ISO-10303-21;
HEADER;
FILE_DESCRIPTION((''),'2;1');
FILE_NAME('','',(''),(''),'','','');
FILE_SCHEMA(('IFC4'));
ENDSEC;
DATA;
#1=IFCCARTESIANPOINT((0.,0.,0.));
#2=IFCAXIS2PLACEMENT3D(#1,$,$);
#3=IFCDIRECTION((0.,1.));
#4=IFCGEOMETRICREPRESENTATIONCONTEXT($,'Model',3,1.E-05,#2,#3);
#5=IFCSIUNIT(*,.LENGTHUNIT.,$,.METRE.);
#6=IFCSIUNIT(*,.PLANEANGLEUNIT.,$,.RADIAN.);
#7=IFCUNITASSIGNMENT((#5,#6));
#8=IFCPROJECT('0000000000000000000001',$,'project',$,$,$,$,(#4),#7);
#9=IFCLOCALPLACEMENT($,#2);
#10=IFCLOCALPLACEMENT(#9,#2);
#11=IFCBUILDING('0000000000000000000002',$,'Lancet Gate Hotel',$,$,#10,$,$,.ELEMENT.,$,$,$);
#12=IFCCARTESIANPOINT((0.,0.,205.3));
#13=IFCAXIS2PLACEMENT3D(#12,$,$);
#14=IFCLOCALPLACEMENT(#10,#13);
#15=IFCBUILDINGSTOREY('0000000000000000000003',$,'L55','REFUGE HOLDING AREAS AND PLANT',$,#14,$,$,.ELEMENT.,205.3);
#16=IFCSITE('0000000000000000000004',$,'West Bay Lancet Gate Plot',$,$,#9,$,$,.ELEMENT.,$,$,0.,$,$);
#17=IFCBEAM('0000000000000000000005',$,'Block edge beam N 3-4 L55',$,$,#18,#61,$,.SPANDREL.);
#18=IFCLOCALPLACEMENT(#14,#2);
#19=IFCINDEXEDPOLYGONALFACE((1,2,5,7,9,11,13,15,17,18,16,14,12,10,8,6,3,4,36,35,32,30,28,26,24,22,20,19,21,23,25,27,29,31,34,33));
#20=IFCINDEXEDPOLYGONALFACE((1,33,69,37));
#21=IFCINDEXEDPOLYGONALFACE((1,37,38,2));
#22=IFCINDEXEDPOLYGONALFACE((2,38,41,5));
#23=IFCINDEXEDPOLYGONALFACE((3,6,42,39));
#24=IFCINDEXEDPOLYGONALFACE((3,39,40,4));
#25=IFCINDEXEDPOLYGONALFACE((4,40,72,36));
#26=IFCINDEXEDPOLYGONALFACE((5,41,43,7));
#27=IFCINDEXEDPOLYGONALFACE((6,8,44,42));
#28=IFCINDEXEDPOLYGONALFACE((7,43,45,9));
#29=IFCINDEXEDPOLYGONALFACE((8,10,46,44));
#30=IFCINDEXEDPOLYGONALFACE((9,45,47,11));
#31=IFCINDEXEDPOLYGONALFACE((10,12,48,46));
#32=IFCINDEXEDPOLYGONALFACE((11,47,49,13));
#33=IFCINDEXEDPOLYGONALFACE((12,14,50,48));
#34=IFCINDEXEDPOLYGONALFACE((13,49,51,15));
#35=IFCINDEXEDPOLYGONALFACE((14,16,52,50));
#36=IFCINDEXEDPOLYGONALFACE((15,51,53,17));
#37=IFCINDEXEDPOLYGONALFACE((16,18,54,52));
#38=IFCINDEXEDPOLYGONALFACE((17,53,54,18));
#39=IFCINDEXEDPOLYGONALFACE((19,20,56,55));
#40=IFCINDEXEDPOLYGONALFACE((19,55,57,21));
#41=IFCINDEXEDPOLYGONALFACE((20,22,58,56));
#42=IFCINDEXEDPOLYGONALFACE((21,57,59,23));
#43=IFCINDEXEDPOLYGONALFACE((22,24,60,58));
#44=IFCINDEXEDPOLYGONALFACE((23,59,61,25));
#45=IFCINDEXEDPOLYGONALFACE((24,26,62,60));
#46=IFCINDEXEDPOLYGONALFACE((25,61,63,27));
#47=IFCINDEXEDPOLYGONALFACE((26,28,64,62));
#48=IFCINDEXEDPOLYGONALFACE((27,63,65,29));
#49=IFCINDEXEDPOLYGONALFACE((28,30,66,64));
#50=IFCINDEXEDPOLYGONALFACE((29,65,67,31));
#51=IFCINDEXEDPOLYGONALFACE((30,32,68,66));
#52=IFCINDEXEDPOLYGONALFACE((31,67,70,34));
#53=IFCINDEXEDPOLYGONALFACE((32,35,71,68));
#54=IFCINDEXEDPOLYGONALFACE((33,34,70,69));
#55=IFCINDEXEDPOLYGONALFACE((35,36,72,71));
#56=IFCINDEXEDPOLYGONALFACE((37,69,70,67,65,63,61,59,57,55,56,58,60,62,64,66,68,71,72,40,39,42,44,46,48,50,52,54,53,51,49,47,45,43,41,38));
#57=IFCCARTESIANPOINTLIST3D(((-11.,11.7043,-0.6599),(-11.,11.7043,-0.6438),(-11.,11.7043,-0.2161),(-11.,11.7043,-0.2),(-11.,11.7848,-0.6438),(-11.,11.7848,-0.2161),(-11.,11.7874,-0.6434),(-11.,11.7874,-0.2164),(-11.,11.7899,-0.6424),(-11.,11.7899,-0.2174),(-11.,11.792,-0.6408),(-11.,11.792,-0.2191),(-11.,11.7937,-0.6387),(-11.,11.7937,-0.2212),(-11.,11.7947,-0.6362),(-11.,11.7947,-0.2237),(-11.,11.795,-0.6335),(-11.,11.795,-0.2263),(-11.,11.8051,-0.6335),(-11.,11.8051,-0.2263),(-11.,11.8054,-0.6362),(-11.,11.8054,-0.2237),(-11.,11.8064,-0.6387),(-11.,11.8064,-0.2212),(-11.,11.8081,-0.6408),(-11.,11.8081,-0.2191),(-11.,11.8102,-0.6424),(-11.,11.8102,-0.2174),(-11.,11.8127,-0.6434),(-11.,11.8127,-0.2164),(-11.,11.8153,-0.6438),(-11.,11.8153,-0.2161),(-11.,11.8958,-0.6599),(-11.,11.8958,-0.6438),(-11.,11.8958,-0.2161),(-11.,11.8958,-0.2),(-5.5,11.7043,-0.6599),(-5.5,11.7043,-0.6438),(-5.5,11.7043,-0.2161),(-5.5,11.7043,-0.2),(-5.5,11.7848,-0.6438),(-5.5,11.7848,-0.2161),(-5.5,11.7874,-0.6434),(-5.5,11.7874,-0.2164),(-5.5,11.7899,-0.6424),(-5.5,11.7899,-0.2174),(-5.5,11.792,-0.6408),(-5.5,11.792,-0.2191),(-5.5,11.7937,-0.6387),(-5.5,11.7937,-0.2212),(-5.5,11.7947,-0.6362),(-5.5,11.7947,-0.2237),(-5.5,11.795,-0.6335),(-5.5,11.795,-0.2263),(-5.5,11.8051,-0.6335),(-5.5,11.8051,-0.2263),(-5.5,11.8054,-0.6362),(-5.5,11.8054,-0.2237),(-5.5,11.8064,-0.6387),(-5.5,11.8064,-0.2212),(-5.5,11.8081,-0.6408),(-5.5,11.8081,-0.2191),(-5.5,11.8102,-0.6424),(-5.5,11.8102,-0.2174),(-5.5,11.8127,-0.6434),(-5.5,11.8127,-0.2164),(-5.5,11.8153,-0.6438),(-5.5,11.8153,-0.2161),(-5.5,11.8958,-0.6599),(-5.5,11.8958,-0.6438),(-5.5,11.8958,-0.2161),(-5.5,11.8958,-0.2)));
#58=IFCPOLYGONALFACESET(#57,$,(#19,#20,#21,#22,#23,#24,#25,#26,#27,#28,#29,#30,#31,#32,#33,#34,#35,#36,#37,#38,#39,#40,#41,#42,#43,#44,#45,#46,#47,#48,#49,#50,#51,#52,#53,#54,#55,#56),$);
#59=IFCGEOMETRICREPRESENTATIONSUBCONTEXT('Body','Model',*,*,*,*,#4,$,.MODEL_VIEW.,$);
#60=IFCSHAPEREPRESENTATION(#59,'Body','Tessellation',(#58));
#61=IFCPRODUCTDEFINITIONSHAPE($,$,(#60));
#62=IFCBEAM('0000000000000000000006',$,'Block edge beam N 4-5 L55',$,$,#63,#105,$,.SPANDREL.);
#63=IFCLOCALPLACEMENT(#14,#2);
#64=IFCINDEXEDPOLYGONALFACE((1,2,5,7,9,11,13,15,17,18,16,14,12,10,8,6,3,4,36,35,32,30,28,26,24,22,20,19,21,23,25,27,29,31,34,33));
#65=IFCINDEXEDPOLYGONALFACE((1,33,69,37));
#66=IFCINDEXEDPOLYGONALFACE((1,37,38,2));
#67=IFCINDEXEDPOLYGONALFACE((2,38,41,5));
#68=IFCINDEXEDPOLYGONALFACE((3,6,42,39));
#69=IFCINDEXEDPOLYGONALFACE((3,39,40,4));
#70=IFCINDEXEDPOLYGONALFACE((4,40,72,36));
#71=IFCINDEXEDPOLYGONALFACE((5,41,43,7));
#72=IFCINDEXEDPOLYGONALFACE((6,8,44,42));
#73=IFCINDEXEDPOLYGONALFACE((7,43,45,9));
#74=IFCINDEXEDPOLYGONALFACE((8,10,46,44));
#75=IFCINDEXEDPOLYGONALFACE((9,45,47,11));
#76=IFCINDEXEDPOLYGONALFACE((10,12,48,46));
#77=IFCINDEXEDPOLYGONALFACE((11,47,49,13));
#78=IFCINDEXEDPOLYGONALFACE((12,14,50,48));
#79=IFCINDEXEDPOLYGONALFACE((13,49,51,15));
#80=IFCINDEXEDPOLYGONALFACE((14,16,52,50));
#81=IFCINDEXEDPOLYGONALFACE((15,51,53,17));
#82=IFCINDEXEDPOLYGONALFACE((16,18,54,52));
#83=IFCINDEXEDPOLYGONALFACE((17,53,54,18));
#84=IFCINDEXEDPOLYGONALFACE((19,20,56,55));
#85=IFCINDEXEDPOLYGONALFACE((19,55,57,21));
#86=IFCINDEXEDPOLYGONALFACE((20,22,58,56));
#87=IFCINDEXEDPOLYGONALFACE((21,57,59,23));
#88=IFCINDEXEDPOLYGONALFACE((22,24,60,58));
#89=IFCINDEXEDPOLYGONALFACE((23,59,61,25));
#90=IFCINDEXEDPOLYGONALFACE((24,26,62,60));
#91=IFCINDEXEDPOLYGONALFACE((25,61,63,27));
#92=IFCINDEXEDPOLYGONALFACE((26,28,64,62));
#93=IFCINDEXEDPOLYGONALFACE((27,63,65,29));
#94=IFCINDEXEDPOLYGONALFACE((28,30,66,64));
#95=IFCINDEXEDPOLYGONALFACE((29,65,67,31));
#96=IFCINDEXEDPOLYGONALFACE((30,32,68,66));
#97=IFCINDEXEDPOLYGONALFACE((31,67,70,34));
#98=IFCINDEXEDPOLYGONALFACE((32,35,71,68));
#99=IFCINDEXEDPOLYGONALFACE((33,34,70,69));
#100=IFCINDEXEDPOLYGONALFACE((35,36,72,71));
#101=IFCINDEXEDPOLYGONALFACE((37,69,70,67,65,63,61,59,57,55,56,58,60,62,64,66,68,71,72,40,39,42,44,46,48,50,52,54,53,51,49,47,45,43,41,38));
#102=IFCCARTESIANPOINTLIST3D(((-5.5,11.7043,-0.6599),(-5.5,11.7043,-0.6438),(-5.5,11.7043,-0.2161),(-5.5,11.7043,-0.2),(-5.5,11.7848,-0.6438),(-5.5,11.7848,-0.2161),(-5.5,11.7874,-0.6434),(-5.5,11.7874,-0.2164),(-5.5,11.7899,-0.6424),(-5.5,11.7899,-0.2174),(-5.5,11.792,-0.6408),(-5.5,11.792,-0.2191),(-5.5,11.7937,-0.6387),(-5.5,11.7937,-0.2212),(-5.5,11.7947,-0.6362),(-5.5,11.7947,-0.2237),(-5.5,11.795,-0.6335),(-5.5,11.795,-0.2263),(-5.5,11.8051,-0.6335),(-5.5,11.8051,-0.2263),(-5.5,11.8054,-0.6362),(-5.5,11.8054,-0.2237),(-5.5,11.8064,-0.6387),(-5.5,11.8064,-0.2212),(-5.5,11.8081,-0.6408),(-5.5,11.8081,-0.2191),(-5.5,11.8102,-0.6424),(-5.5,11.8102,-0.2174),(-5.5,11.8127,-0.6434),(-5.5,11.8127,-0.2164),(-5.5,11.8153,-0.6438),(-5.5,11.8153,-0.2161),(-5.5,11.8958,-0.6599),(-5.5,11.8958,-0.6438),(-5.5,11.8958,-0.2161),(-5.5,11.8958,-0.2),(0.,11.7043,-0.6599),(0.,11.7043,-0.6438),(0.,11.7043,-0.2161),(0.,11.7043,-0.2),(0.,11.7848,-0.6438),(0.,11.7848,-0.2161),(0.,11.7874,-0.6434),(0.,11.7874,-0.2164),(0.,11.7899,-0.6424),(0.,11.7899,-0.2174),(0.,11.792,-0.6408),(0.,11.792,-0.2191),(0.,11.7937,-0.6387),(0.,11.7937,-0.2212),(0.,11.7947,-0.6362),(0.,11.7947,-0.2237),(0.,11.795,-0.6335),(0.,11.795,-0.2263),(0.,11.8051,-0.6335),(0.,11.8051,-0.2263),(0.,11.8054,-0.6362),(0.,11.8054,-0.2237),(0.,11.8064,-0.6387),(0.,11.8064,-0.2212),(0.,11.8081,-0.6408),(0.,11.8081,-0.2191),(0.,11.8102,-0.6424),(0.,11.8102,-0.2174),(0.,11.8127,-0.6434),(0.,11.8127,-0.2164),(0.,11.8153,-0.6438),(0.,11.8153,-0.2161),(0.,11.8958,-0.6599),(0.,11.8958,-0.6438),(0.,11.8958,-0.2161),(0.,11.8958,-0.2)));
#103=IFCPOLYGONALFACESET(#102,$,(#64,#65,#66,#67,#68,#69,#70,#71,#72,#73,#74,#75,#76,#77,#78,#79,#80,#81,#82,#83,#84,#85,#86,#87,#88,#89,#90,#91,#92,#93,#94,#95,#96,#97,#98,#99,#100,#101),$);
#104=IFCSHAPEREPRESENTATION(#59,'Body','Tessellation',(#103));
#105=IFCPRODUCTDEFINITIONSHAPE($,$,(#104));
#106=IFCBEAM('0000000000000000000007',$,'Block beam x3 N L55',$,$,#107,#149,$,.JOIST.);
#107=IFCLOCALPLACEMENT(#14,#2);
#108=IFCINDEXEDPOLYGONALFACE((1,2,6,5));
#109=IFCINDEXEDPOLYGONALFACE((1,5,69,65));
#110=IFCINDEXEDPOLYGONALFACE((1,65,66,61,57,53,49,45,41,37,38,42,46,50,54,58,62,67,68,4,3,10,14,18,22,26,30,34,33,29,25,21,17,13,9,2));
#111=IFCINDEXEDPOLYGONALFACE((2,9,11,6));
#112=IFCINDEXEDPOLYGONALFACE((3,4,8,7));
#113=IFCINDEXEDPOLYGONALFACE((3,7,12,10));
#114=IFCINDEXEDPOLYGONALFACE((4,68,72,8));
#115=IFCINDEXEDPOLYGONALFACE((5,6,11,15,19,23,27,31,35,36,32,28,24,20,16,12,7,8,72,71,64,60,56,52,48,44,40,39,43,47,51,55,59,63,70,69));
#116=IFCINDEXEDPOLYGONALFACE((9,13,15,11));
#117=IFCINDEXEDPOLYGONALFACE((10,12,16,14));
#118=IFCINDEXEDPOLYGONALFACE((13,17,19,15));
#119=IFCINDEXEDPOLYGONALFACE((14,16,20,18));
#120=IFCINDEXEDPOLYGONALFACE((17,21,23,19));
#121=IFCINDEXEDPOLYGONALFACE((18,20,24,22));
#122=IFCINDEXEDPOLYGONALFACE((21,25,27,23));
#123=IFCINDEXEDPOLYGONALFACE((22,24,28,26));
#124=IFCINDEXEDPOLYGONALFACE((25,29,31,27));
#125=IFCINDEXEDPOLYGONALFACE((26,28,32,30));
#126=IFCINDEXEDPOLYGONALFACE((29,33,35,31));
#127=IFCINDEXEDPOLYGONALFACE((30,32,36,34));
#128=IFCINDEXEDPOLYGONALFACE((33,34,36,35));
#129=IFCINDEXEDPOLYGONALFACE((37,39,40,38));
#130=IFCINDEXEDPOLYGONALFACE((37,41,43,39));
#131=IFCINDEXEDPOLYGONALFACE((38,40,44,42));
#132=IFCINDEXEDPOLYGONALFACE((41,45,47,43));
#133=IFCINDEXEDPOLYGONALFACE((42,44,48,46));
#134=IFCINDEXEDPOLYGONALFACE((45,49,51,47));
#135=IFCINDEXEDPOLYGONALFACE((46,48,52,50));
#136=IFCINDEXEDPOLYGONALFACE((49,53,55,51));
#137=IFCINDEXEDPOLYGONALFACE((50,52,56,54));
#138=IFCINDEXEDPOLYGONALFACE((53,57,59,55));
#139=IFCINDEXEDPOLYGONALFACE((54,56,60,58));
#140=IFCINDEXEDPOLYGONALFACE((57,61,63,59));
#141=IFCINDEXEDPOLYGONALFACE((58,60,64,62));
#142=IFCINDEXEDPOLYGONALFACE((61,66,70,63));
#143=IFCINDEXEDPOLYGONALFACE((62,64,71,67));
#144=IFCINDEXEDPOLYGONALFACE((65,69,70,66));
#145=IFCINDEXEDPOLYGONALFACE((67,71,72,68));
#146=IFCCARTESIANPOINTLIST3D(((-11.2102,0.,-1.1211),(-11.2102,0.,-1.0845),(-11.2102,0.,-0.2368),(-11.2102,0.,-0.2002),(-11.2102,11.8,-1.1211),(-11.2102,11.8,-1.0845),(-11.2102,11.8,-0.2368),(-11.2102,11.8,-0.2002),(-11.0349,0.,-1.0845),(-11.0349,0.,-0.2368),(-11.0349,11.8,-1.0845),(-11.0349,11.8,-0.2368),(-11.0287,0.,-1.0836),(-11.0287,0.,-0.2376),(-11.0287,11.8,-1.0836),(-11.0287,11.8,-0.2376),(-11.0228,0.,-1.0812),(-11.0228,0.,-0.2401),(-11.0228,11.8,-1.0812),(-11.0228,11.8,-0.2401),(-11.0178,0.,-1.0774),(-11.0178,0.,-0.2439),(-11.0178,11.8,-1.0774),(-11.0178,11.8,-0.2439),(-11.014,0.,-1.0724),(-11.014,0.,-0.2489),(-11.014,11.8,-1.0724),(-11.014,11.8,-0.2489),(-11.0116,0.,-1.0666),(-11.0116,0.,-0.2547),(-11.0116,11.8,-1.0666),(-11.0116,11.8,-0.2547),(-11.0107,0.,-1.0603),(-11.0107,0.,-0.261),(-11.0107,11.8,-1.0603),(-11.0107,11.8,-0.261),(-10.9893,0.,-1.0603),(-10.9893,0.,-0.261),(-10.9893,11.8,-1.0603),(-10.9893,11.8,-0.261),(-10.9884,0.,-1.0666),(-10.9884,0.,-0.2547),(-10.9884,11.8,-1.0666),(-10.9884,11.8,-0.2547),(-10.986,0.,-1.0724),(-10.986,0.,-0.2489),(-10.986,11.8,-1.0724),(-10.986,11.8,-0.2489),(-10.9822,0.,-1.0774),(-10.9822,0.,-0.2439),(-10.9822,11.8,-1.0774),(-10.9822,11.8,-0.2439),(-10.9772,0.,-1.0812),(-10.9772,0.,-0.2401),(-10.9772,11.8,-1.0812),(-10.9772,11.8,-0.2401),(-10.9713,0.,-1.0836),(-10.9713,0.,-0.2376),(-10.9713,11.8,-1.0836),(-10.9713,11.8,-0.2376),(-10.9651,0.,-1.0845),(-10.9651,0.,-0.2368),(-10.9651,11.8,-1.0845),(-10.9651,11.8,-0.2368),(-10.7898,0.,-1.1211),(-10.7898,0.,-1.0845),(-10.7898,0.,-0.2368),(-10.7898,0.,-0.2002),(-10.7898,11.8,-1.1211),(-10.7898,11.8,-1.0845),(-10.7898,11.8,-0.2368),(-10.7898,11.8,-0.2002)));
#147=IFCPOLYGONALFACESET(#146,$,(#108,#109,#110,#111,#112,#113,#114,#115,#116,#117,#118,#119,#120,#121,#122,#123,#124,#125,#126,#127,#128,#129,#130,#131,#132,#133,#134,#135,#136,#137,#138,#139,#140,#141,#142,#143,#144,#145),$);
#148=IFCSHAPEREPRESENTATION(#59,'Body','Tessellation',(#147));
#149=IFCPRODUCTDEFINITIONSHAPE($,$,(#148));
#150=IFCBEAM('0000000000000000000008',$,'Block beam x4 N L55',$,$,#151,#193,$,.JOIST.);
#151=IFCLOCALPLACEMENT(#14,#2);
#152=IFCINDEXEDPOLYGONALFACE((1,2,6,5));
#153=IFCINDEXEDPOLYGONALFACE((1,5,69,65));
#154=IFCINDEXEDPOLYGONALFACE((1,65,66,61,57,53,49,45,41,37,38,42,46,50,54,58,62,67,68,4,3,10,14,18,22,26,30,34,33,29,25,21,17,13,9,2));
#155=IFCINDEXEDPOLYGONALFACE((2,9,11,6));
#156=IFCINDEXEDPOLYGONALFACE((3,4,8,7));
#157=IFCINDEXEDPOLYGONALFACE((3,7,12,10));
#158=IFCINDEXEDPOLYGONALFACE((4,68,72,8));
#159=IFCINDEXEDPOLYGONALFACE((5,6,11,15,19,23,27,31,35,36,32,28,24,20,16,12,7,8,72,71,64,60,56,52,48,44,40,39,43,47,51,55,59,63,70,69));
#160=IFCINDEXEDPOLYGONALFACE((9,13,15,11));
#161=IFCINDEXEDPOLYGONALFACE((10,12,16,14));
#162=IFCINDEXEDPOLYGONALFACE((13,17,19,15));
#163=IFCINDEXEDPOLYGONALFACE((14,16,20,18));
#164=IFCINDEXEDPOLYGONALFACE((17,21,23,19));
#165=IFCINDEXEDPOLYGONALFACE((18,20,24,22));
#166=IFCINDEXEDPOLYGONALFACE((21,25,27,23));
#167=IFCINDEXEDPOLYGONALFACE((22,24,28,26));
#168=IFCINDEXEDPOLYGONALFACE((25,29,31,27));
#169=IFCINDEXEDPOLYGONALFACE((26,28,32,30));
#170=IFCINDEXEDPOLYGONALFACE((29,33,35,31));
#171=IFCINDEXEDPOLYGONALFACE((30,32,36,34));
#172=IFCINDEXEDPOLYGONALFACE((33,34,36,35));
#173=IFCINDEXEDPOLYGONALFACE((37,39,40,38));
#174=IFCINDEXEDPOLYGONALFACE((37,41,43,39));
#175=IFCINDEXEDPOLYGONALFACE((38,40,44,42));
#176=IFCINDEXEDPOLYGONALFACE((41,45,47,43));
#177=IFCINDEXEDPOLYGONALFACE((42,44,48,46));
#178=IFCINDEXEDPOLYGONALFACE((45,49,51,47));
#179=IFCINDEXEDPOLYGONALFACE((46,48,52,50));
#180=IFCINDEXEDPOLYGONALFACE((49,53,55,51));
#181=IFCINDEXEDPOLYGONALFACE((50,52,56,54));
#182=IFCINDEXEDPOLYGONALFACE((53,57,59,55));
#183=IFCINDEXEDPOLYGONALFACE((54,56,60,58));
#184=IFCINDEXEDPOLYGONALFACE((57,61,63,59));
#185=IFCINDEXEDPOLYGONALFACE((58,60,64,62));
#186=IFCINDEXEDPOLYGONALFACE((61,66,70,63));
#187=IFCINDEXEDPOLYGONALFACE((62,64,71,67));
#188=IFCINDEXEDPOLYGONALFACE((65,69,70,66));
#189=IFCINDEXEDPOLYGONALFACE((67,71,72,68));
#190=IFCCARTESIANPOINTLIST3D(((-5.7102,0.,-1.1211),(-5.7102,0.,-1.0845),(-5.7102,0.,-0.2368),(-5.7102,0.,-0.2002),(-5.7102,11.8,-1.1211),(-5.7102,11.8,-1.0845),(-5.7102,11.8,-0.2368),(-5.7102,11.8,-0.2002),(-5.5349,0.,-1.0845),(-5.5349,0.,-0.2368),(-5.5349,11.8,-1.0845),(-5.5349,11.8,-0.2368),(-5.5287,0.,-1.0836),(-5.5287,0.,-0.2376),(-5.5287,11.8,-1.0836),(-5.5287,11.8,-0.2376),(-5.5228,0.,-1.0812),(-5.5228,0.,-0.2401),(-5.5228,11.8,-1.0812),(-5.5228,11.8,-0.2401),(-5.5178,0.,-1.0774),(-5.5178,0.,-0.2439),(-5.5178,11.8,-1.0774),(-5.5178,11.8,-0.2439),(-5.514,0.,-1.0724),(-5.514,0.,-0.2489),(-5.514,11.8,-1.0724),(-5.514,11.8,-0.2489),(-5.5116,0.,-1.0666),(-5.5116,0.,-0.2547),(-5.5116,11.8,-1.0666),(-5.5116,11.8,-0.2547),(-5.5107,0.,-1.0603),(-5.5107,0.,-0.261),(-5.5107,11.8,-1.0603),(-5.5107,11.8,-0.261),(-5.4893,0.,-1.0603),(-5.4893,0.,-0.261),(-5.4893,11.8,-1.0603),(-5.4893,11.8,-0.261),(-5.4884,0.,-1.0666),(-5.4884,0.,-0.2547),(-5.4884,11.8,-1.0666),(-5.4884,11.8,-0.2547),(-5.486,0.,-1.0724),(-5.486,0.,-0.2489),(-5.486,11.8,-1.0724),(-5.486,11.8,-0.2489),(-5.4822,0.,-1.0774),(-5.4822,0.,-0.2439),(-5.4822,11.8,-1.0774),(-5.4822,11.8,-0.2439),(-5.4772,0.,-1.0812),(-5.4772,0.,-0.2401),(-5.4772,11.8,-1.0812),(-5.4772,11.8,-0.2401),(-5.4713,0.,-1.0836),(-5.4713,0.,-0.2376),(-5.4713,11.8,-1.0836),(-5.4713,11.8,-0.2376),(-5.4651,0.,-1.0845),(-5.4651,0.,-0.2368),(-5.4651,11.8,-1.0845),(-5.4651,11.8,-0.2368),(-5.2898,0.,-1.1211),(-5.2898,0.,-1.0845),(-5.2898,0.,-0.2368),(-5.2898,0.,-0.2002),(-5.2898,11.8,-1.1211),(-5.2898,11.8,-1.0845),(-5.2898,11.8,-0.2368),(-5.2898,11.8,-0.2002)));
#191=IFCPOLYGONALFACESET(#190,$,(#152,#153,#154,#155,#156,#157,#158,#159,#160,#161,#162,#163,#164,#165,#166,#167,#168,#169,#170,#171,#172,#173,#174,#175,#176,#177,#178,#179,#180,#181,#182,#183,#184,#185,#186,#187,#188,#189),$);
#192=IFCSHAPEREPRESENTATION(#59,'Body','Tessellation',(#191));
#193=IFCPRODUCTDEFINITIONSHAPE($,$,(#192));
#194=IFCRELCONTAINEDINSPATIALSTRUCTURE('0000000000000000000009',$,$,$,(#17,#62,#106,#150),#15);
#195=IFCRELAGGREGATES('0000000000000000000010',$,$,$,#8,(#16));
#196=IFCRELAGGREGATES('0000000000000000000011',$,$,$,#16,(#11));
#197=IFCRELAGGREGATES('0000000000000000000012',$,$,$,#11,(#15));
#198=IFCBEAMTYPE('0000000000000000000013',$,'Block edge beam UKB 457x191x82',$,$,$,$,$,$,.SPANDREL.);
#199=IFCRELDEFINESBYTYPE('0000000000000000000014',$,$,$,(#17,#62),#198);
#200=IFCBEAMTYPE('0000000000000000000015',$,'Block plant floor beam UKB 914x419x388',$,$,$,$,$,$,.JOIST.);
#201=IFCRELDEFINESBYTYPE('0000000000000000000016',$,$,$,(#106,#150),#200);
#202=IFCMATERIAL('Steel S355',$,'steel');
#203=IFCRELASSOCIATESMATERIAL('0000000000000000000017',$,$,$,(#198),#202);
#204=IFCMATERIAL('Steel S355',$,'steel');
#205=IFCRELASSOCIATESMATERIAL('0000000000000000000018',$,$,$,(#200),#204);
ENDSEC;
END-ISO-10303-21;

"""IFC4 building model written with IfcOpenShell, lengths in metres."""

from ifc_helpers import new_model, si_unit, direction, frame, origin, origin_2d, place, context, subcontext, project, spatial, i_section, extrude, material, material_profile, profile_set, type_object, element, save


model = new_model("IFC4")

# Units and contexts
model_context = context("Model", 3, precision=1e-05, world=origin(), true_north=direction((0.0, 1.0)))
body_context = subcontext(model_context, "Body", "Model", "MODEL_VIEW")
ifc_project = project(units=[si_unit("LENGTHUNIT", "METRE"), si_unit("PLANEANGLEUNIT", "RADIAN")], contexts=[model_context])

# Site, building, storey
site_placement = place(None, origin())
site = spatial("IfcSite", under=ifc_project, at=site_placement, Name="West Bay Lancet Gate Plot", CompositionType="ELEMENT", RefElevation=0.0)
building_placement = place(site_placement, origin())
building = spatial("IfcBuilding", under=site, at=building_placement, Name="Lancet Gate Hotel", CompositionType="ELEMENT")
storey_placement = place(building_placement, frame((0.0, 0.0, 205.3)))
storey = spatial("IfcBuildingStorey", under=building, at=storey_placement, Name="L55", Description="REFUGE HOLDING AREAS AND PLANT", CompositionType="ELEMENT", Elevation=205.3)

# Beams
ifc_material_1 = material(Name="Steel S355", Category="steel")
ifc_material_profile_1 = material_profile(ifc_material_1, i_section(OverallWidth=0.1914, OverallDepth=0.46, WebThickness=0.01, FlangeThickness=0.0161, FilletRadius=0.0103, at=origin_2d()), Name="UKB 457x191x82")
ifc_profile_set_1 = profile_set([ifc_material_profile_1], Name="Steel S355")
beam_type_1 = type_object("IfcBeamType", Name="Block edge beam UKB 457x191x82", PredefinedType="SPANDREL", material=ifc_profile_set_1)
for number, where, z_axis, x_axis, name in (
    (1, (-11.0, 11.8, -0.4299), (1.0, 0.0, 0.0), (0.0, 1.0, 0.0), "Block edge beam N 3-4 L55"),
    (2, (-5.5, 11.8, -0.4299), (1.0, 0.0, 0.0), (0.0, 1.0, 0.0), "Block edge beam N 4-5 L55"),
):
    element("IfcBeam", number, at=place(storey_placement, frame(where, z_axis=z_axis, x_axis=x_axis)), inside=storey, type_object=beam_type_1, Name=name, PredefinedType="SPANDREL", context=body_context, shape_type="SweptSolid", body=[
        extrude(i_section(OverallWidth=0.1914, OverallDepth=0.46, WebThickness=0.01, FlangeThickness=0.0161, FilletRadius=0.0103, at=origin_2d()), origin(), (0.0, 0.0, 1.0), 5.5),
    ])
ifc_material_2 = material(Name="Steel S355", Category="steel")
ifc_material_profile_2 = material_profile(ifc_material_2, i_section(OverallWidth=0.4204, OverallDepth=0.9209, WebThickness=0.0215, FlangeThickness=0.0366, FilletRadius=0.0242, at=origin_2d()), Name="UKB 914x419x388")
ifc_profile_set_2 = profile_set([ifc_material_profile_2], Name="Steel S355")
beam_type_2 = type_object("IfcBeamType", Name="Block plant floor beam UKB 914x419x388", PredefinedType="JOIST", material=ifc_profile_set_2)
for number, where, z_axis, x_axis, name in (
    (3, (-11.0, 0.0, -0.6606), (0.0, 1.0, 0.0), (-1.0, 0.0, 0.0), "Block beam x3 N L55"),
    (4, (-5.5, 0.0, -0.6606), (0.0, 1.0, 0.0), (-1.0, 0.0, 0.0), "Block beam x4 N L55"),
):
    element("IfcBeam", number, at=place(storey_placement, frame(where, z_axis=z_axis, x_axis=x_axis)), inside=storey, type_object=beam_type_2, Name=name, PredefinedType="JOIST", context=body_context, shape_type="SweptSolid", body=[
        extrude(i_section(OverallWidth=0.4204, OverallDepth=0.9209, WebThickness=0.0215, FlangeThickness=0.0366, FilletRadius=0.0242, at=origin_2d()), origin(), (0.0, 0.0, 1.0), 11.8),
    ])

save(model, "model.ifc")
